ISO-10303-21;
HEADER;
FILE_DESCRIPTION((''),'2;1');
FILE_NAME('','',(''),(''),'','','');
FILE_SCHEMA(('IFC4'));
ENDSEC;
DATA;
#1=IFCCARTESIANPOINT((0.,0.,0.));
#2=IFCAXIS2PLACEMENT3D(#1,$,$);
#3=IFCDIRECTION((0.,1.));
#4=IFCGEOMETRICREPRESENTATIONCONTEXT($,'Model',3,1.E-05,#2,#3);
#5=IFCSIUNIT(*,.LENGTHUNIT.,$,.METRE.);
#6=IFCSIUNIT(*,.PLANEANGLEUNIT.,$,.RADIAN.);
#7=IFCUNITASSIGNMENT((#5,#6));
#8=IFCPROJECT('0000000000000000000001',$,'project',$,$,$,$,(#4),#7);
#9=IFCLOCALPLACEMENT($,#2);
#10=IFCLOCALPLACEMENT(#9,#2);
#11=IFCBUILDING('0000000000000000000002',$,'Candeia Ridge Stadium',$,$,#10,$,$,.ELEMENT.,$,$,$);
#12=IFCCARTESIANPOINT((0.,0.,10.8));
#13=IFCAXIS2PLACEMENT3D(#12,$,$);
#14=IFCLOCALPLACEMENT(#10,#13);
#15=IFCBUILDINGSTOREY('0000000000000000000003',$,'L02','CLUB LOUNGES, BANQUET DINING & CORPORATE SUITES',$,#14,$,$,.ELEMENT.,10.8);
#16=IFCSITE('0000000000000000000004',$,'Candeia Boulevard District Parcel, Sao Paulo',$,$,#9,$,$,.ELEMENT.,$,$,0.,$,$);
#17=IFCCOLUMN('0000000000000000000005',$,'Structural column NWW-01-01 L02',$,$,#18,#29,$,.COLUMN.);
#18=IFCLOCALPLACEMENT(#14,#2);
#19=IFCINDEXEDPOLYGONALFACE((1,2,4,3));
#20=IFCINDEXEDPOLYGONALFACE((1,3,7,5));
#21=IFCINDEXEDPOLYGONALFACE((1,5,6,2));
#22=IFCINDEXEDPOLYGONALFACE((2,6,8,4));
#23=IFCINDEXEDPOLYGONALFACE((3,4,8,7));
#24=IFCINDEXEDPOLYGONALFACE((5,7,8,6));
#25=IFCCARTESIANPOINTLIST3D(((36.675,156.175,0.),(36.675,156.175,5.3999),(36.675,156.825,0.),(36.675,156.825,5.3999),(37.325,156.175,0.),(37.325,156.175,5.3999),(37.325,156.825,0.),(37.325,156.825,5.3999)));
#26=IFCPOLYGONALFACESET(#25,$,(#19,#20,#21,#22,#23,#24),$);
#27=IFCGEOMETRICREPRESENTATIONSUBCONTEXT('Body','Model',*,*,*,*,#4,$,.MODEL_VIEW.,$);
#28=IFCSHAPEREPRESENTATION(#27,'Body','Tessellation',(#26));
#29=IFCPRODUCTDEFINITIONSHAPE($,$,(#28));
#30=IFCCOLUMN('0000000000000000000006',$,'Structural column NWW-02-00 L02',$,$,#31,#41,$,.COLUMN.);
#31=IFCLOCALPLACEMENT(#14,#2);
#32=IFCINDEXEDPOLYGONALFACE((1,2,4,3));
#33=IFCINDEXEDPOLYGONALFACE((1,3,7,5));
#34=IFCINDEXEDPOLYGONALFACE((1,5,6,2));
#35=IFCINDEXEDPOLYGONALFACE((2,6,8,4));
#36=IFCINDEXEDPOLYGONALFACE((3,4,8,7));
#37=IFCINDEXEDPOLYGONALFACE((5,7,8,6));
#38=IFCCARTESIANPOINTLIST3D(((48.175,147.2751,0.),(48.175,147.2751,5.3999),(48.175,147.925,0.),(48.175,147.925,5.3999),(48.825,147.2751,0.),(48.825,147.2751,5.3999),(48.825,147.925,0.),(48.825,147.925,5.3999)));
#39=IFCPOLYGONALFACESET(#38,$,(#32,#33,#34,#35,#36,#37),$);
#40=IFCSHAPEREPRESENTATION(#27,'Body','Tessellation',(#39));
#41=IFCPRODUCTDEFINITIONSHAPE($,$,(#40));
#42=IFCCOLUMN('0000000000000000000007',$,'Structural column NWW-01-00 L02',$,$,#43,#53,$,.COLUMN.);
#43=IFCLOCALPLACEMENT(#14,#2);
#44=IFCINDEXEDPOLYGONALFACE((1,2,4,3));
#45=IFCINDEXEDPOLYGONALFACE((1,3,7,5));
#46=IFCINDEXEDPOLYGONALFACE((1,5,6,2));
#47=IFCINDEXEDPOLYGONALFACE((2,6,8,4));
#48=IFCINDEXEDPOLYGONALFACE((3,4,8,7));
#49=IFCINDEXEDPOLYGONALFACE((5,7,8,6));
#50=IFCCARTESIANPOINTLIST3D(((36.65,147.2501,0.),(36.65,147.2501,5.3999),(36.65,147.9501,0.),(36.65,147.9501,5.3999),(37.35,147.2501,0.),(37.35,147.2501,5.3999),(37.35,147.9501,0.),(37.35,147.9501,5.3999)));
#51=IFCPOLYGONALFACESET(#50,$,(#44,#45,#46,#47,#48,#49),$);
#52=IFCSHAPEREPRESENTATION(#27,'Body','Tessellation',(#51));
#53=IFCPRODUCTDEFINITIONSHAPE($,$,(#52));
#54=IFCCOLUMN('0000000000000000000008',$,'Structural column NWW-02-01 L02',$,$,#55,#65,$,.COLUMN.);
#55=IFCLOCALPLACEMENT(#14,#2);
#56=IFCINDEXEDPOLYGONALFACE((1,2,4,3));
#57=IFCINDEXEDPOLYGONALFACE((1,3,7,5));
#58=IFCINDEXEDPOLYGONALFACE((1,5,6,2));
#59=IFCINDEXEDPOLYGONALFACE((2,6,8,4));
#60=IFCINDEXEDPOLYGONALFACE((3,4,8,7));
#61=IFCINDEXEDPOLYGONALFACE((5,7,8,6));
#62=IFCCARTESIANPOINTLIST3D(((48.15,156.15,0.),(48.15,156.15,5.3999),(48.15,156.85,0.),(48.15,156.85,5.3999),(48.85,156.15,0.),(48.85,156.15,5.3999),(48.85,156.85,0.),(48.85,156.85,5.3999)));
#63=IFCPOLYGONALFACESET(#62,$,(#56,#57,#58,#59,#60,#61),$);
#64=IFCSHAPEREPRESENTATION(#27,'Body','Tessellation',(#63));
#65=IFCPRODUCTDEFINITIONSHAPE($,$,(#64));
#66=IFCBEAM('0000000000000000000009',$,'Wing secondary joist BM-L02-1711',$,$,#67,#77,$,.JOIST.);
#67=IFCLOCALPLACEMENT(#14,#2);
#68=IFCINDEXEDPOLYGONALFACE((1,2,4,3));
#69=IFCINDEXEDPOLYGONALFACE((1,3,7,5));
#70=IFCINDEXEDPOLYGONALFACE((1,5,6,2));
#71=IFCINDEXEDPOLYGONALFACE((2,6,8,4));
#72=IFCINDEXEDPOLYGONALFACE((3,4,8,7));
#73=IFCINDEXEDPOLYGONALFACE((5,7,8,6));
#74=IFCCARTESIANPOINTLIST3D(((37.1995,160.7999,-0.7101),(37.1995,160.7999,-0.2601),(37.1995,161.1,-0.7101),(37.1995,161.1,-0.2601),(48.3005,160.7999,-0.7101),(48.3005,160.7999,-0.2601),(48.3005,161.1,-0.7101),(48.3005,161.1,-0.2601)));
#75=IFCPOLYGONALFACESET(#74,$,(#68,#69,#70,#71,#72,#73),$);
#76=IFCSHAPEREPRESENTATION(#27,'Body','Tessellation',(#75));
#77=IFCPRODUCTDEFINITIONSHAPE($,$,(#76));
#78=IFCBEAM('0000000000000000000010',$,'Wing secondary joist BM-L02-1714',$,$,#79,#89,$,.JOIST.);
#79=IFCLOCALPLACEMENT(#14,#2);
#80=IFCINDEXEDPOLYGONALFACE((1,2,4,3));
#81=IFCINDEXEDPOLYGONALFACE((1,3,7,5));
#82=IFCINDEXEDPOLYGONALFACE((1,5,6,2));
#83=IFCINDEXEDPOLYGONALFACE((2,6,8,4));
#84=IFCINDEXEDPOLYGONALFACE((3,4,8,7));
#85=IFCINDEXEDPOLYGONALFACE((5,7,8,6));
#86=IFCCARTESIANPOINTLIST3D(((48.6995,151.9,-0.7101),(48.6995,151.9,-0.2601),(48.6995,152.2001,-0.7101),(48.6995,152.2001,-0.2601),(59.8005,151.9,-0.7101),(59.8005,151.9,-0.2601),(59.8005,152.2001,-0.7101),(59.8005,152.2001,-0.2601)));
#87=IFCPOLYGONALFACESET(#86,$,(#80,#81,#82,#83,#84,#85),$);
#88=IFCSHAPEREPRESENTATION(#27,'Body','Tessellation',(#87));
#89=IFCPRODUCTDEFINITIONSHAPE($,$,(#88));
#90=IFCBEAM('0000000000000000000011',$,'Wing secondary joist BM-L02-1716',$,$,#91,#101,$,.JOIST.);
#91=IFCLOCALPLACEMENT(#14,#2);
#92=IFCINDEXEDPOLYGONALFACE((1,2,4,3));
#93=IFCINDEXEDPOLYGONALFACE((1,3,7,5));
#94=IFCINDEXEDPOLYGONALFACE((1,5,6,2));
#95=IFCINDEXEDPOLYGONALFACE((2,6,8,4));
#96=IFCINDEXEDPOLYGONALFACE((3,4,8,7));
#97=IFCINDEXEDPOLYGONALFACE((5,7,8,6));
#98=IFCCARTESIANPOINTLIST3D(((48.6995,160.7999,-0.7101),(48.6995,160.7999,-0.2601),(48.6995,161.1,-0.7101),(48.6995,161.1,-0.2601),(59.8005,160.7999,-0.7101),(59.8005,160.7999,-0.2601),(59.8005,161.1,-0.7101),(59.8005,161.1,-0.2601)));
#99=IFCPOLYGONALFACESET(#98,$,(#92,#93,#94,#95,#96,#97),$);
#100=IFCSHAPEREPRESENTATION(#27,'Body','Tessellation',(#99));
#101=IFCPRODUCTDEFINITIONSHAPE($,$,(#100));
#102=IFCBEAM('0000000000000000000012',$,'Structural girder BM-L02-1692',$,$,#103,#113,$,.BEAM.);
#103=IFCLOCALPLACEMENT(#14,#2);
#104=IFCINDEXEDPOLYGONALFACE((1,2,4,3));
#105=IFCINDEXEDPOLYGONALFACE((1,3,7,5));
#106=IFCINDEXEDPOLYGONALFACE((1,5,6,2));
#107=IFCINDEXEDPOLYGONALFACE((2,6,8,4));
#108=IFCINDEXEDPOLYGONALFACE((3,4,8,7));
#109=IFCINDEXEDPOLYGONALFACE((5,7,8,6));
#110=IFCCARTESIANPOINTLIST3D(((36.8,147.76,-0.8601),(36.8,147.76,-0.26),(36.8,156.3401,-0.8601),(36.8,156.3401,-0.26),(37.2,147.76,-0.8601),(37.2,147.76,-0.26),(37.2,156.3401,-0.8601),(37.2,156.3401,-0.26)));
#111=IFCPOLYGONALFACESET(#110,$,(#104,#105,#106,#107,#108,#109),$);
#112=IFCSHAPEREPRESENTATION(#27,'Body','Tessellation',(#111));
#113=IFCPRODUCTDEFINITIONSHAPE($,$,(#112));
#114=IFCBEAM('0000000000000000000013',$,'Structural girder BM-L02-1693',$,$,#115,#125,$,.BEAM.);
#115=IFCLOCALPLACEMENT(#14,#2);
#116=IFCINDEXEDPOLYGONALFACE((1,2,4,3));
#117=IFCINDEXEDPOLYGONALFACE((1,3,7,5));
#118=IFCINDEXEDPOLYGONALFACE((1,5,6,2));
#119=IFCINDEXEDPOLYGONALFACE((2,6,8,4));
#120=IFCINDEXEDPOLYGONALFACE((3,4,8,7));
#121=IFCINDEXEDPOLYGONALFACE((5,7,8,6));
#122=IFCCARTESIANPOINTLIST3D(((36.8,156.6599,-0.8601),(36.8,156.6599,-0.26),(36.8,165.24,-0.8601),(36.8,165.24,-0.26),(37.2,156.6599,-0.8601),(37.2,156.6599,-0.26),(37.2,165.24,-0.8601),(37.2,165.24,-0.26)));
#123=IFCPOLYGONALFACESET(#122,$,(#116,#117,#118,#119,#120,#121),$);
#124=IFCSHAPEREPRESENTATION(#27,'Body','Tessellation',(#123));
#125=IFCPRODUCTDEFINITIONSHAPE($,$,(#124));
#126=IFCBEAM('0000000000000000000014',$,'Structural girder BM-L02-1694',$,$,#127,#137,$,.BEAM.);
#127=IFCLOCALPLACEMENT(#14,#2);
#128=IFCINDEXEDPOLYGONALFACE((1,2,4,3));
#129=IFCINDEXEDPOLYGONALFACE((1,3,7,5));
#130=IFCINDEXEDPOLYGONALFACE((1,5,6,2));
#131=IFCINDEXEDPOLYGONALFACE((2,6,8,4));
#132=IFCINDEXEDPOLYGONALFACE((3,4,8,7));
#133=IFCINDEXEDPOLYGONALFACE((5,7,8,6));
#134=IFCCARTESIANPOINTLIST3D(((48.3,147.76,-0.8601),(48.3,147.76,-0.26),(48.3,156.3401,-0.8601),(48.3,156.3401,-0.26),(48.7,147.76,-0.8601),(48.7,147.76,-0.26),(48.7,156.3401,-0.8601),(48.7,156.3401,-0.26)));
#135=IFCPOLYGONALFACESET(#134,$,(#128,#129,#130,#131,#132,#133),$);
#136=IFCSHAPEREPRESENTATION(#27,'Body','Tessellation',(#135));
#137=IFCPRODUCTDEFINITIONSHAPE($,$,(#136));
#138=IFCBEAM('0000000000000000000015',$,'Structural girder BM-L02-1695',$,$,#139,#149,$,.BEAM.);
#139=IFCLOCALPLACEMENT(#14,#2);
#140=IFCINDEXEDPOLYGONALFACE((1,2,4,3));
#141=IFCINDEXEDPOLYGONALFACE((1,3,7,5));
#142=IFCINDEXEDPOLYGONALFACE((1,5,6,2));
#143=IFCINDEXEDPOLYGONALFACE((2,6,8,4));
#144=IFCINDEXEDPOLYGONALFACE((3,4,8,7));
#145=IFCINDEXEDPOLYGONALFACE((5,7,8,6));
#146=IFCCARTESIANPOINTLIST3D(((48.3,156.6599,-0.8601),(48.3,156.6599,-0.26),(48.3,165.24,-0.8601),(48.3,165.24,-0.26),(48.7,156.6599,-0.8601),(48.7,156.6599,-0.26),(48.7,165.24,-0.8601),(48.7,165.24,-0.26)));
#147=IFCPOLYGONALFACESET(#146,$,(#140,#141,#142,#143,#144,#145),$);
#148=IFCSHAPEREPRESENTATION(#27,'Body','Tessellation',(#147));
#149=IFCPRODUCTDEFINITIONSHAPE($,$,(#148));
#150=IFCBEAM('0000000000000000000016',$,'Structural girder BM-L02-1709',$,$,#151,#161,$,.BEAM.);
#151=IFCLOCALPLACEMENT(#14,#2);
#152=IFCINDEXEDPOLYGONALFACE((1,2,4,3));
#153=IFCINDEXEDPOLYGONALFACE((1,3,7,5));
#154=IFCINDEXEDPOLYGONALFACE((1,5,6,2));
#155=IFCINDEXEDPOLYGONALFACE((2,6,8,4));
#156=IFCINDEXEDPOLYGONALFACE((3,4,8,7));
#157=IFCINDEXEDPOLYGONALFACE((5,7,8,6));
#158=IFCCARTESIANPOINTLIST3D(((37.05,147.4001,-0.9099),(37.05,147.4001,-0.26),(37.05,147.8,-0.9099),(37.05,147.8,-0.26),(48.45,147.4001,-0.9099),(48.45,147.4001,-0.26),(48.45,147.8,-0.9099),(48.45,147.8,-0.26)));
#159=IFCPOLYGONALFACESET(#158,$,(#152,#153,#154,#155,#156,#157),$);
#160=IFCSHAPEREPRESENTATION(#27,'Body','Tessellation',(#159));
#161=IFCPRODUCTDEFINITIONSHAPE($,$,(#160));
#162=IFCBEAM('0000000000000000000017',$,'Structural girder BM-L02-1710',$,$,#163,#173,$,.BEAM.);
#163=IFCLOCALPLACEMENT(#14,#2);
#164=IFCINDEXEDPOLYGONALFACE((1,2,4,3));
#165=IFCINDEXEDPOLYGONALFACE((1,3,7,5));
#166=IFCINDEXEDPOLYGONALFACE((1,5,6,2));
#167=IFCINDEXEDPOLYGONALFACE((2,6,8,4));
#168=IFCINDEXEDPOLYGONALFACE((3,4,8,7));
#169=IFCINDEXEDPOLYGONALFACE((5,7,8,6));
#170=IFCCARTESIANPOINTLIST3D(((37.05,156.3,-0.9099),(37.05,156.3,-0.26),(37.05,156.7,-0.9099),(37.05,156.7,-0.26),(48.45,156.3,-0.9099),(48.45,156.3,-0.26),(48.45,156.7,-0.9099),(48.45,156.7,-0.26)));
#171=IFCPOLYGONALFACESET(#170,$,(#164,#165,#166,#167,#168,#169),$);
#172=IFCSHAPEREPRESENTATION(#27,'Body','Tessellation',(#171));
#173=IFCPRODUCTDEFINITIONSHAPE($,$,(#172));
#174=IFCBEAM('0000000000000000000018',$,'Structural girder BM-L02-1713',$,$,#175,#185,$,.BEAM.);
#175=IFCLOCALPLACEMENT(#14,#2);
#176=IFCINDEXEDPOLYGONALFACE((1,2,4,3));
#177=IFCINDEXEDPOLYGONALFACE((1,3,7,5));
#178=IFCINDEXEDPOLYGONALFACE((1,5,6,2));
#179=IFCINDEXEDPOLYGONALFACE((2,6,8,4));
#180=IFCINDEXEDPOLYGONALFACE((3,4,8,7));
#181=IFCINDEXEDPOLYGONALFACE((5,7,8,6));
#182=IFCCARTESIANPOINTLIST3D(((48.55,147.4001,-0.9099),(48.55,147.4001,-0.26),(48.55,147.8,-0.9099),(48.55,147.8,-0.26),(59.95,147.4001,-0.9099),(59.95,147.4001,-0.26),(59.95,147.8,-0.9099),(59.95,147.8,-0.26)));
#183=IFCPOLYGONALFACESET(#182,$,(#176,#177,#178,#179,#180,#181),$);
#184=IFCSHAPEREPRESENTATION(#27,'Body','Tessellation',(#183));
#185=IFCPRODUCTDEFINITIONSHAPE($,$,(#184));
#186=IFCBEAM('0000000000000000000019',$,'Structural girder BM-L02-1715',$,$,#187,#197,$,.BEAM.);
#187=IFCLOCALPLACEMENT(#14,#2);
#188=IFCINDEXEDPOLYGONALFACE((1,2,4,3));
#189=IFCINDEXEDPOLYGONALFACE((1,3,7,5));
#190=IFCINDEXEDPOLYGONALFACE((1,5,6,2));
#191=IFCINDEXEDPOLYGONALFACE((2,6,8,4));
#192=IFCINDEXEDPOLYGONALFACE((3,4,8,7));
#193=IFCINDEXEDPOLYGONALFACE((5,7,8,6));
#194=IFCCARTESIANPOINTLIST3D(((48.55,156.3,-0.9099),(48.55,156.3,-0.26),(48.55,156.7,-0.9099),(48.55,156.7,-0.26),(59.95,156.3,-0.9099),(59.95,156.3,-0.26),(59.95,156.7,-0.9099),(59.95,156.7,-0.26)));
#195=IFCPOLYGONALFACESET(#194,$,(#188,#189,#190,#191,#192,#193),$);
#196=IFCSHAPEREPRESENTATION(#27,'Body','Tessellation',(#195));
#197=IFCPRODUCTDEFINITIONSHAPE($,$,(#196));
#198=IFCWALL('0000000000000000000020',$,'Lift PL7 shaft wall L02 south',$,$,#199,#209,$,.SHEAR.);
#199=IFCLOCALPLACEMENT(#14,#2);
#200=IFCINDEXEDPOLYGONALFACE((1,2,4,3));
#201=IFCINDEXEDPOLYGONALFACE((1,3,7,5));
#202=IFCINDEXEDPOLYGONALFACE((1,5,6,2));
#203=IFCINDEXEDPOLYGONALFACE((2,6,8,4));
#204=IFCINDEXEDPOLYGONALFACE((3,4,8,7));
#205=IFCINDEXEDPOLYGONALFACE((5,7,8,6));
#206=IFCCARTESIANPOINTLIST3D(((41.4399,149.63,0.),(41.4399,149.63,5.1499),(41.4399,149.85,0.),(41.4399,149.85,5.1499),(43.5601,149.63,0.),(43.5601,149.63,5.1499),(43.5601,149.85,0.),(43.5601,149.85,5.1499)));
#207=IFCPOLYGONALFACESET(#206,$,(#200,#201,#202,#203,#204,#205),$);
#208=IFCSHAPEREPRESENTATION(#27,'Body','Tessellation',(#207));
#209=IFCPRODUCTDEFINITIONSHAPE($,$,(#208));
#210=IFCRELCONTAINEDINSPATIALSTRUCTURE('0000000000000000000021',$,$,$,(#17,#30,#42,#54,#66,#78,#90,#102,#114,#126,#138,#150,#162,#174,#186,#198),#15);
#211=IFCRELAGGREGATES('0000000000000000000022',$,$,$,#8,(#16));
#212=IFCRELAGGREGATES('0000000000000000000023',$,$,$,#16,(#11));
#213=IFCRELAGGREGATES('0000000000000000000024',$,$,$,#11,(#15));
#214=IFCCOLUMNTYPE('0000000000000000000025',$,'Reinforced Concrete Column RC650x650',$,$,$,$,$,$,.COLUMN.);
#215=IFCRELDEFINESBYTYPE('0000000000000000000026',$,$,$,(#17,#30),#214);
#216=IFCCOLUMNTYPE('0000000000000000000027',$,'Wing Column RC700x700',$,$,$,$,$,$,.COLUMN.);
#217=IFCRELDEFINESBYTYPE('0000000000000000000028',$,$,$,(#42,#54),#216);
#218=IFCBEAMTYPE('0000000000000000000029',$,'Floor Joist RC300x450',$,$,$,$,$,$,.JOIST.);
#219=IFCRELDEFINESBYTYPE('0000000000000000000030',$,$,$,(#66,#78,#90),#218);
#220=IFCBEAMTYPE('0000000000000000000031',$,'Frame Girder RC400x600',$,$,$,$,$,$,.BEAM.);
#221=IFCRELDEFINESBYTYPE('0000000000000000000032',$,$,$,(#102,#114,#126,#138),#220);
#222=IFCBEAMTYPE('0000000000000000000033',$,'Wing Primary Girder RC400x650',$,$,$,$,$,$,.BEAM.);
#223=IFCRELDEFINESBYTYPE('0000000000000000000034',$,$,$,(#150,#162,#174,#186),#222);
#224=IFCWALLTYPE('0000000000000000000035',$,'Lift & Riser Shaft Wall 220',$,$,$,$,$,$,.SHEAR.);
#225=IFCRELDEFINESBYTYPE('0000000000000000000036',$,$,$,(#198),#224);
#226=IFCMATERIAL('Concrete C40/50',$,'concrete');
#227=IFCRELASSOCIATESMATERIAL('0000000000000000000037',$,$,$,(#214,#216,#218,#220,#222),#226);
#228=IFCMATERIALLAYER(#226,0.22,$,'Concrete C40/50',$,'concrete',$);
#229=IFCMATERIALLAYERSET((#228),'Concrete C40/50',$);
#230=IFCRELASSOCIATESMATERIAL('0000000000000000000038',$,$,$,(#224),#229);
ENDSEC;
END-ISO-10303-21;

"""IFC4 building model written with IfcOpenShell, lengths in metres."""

from ifc_helpers import new_model, si_unit, direction, frame, frame_2d, origin, origin_2d, place, context, subcontext, project, spatial, rectangle, extrude, material, layer, layer_set, material_profile, profile_set, type_object, element, save


model = new_model("IFC4")

# Units and contexts
model_context = context("Model", 3, precision=1e-05, world=origin(), true_north=direction((0.0, 1.0)))
body_context = subcontext(model_context, "Body", "Model", "MODEL_VIEW")
ifc_project = project(units=[si_unit("LENGTHUNIT", "METRE"), si_unit("PLANEANGLEUNIT", "RADIAN")], contexts=[model_context])

# Site, building, storey
site_placement = place(None, origin())
site = spatial("IfcSite", under=ifc_project, at=site_placement, Name="Candeia Boulevard District Parcel, Sao Paulo", CompositionType="ELEMENT", RefElevation=0.0)
building_placement = place(site_placement, origin())
building = spatial("IfcBuilding", under=site, at=building_placement, Name="Candeia Ridge Stadium", CompositionType="ELEMENT")
storey_placement = place(building_placement, frame((0.0, 0.0, 10.8)))
storey = spatial("IfcBuildingStorey", under=building, at=storey_placement, Name="L02", Description="CLUB LOUNGES, BANQUET DINING & CORPORATE SUITES", CompositionType="ELEMENT", Elevation=10.8)

# Columns
ifc_material_1 = material(Name="Concrete C40/50", Category="concrete")
ifc_material_profile_1 = material_profile(ifc_material_1, rectangle(XDim=0.6499, YDim=0.6499, at=origin_2d()), Name="RC650x650", Category="concrete")
ifc_profile_set_1 = profile_set([ifc_material_profile_1], Name="Concrete C40/50")
column_type_1 = type_object("IfcColumnType", Name="Reinforced Concrete Column RC650x650", PredefinedType="COLUMN", material=ifc_profile_set_1)
for number, where, z_axis, x_axis, name in (
    (1, (37.0, 156.5, 0.0), (0.0, 0.0, 1.0), (1.0, 0.0, 0.0), "Structural column NWW-01-01 L02"),
    (2, (48.5, 147.6001, 0.0), (0.0, 0.0, 1.0), (1.0, 0.0, 0.0), "Structural column NWW-02-00 L02"),
):
    element("IfcColumn", number, at=place(storey_placement, frame(where, z_axis=z_axis, x_axis=x_axis)), inside=storey, type_object=column_type_1, Name=name, PredefinedType="COLUMN", context=body_context, shape_type="SweptSolid", body=[
        extrude(rectangle(XDim=0.6499, YDim=0.6499, at=origin_2d()), origin(), (0.0, 0.0, 1.0), 5.3999),
    ])
ifc_material_profile_2 = material_profile(ifc_material_1, rectangle(XDim=0.7, YDim=0.7, at=origin_2d()), Name="RC700x700", Category="concrete")
ifc_profile_set_2 = profile_set([ifc_material_profile_2], Name="Concrete C40/50")
column_type_2 = type_object("IfcColumnType", Name="Wing Column RC700x700", PredefinedType="COLUMN", material=ifc_profile_set_2)
for number, where, z_axis, x_axis, name in (
    (3, (37.0, 147.6001, 0.0), (0.0, 0.0, 1.0), (1.0, 0.0, 0.0), "Structural column NWW-01-00 L02"),
    (4, (48.5, 156.5, 0.0), (0.0, 0.0, 1.0), (1.0, 0.0, 0.0), "Structural column NWW-02-01 L02"),
):
    element("IfcColumn", number, at=place(storey_placement, frame(where, z_axis=z_axis, x_axis=x_axis)), inside=storey, type_object=column_type_2, Name=name, PredefinedType="COLUMN", context=body_context, shape_type="SweptSolid", body=[
        extrude(rectangle(XDim=0.7, YDim=0.7, at=origin_2d()), origin(), (0.0, 0.0, 1.0), 5.3999),
    ])

# Beams
ifc_material_profile_3 = material_profile(ifc_material_1, rectangle(XDim=0.3, YDim=0.45, at=origin_2d()), Name="RC300x450", Category="concrete")
ifc_profile_set_3 = profile_set([ifc_material_profile_3], Name="Concrete C40/50")
beam_type_1 = type_object("IfcBeamType", Name="Floor Joist RC300x450", PredefinedType="JOIST", material=ifc_profile_set_3)
for number, where, z_axis, x_axis, name in (
    (5, (37.1995, 160.95, -0.4851), (1.0, 0.0, 0.0), (0.0, 1.0, 0.0), "Wing secondary joist BM-L02-1711"),
    (6, (48.6995, 152.05, -0.4851), (1.0, 0.0, 0.0), (0.0, 1.0, 0.0), "Wing secondary joist BM-L02-1714"),
    (7, (48.6995, 160.95, -0.4851), (1.0, 0.0, 0.0), (0.0, 1.0, 0.0), "Wing secondary joist BM-L02-1716"),
):
    element("IfcBeam", number, at=place(storey_placement, frame(where, z_axis=z_axis, x_axis=x_axis)), inside=storey, type_object=beam_type_1, Name=name, PredefinedType="JOIST", context=body_context, shape_type="SweptSolid", body=[
        extrude(rectangle(XDim=0.3, YDim=0.45, at=origin_2d()), origin(), (0.0, 0.0, 1.0), 11.1011),
    ])
ifc_material_profile_4 = material_profile(ifc_material_1, rectangle(XDim=0.3999, YDim=0.6001, at=origin_2d()), Name="RC400x600", Category="concrete")
ifc_profile_set_4 = profile_set([ifc_material_profile_4], Name="Concrete C40/50")
beam_type_2 = type_object("IfcBeamType", Name="Frame Girder RC400x600", PredefinedType="BEAM", material=ifc_profile_set_4)
for number, where, z_axis, x_axis, name in (
    (8, (37.0, 147.76, -0.5601), (0.0, 1.0, 0.0), (-1.0, 0.0, 0.0), "Structural girder BM-L02-1692"),
    (9, (37.0, 156.6599, -0.5601), (0.0, 1.0, 0.0), (-1.0, 0.0, 0.0), "Structural girder BM-L02-1693"),
    (10, (48.5, 147.76, -0.5601), (0.0, 1.0, 0.0), (-1.0, 0.0, 0.0), "Structural girder BM-L02-1694"),
    (11, (48.5, 156.6599, -0.5601), (0.0, 1.0, 0.0), (-1.0, 0.0, 0.0), "Structural girder BM-L02-1695"),
):
    element("IfcBeam", number, at=place(storey_placement, frame(where, z_axis=z_axis, x_axis=x_axis)), inside=storey, type_object=beam_type_2, Name=name, PredefinedType="BEAM", context=body_context, shape_type="SweptSolid", body=[
        extrude(rectangle(XDim=0.3999, YDim=0.6001, at=origin_2d()), origin(), (0.0, 0.0, 1.0), 8.5801),
    ])
ifc_material_profile_5 = material_profile(ifc_material_1, rectangle(XDim=0.3999, YDim=0.6499, at=origin_2d()), Name="RC400x650", Category="concrete")
ifc_profile_set_5 = profile_set([ifc_material_profile_5], Name="Concrete C40/50")
beam_type_3 = type_object("IfcBeamType", Name="Wing Primary Girder RC400x650", PredefinedType="BEAM", material=ifc_profile_set_5)
for number, where, z_axis, x_axis, name in (
    (12, (37.05, 147.6001, -0.585), (1.0, 0.0, 0.0), (0.0, 1.0, 0.0), "Structural girder BM-L02-1709"),
    (13, (37.05, 156.5, -0.585), (1.0, 0.0, 0.0), (0.0, 1.0, 0.0), "Structural girder BM-L02-1710"),
    (14, (48.55, 147.6001, -0.585), (1.0, 0.0, 0.0), (0.0, 1.0, 0.0), "Structural girder BM-L02-1713"),
    (15, (48.55, 156.5, -0.585), (1.0, 0.0, 0.0), (0.0, 1.0, 0.0), "Structural girder BM-L02-1715"),
):
    element("IfcBeam", number, at=place(storey_placement, frame(where, z_axis=z_axis, x_axis=x_axis)), inside=storey, type_object=beam_type_3, Name=name, PredefinedType="BEAM", context=body_context, shape_type="SweptSolid", body=[
        extrude(rectangle(XDim=0.3999, YDim=0.6499, at=origin_2d()), origin(), (0.0, 0.0, 1.0), 11.3999),
    ])

# Wall
ifc_layer_1 = layer(ifc_material_1, 0.22, Name="Concrete C40/50", Category="concrete")
ifc_layer_set_1 = layer_set([ifc_layer_1], Name="Concrete C40/50")
wall_type = type_object("IfcWallType", Name="Lift & Riser Shaft Wall 220", PredefinedType="SHEAR", material=ifc_layer_set_1)
wall_1_placement = place(storey_placement, frame((41.4399, 149.74, 0.0), z_axis=(0.0, 0.0, 1.0), x_axis=(1.0, 0.0, 0.0)))
element("IfcWall", 16, at=wall_1_placement, inside=storey, type_object=wall_type, Name="Lift PL7 shaft wall L02 south", PredefinedType="SHEAR", context=body_context, shape_type="SweptSolid", body=[
    extrude(rectangle(XDim=2.1201, YDim=0.22, at=frame_2d((1.0601, 0.0))), origin(), (0.0, 0.0, 1.0), 5.1499),
])

save(model, "model.ifc")
